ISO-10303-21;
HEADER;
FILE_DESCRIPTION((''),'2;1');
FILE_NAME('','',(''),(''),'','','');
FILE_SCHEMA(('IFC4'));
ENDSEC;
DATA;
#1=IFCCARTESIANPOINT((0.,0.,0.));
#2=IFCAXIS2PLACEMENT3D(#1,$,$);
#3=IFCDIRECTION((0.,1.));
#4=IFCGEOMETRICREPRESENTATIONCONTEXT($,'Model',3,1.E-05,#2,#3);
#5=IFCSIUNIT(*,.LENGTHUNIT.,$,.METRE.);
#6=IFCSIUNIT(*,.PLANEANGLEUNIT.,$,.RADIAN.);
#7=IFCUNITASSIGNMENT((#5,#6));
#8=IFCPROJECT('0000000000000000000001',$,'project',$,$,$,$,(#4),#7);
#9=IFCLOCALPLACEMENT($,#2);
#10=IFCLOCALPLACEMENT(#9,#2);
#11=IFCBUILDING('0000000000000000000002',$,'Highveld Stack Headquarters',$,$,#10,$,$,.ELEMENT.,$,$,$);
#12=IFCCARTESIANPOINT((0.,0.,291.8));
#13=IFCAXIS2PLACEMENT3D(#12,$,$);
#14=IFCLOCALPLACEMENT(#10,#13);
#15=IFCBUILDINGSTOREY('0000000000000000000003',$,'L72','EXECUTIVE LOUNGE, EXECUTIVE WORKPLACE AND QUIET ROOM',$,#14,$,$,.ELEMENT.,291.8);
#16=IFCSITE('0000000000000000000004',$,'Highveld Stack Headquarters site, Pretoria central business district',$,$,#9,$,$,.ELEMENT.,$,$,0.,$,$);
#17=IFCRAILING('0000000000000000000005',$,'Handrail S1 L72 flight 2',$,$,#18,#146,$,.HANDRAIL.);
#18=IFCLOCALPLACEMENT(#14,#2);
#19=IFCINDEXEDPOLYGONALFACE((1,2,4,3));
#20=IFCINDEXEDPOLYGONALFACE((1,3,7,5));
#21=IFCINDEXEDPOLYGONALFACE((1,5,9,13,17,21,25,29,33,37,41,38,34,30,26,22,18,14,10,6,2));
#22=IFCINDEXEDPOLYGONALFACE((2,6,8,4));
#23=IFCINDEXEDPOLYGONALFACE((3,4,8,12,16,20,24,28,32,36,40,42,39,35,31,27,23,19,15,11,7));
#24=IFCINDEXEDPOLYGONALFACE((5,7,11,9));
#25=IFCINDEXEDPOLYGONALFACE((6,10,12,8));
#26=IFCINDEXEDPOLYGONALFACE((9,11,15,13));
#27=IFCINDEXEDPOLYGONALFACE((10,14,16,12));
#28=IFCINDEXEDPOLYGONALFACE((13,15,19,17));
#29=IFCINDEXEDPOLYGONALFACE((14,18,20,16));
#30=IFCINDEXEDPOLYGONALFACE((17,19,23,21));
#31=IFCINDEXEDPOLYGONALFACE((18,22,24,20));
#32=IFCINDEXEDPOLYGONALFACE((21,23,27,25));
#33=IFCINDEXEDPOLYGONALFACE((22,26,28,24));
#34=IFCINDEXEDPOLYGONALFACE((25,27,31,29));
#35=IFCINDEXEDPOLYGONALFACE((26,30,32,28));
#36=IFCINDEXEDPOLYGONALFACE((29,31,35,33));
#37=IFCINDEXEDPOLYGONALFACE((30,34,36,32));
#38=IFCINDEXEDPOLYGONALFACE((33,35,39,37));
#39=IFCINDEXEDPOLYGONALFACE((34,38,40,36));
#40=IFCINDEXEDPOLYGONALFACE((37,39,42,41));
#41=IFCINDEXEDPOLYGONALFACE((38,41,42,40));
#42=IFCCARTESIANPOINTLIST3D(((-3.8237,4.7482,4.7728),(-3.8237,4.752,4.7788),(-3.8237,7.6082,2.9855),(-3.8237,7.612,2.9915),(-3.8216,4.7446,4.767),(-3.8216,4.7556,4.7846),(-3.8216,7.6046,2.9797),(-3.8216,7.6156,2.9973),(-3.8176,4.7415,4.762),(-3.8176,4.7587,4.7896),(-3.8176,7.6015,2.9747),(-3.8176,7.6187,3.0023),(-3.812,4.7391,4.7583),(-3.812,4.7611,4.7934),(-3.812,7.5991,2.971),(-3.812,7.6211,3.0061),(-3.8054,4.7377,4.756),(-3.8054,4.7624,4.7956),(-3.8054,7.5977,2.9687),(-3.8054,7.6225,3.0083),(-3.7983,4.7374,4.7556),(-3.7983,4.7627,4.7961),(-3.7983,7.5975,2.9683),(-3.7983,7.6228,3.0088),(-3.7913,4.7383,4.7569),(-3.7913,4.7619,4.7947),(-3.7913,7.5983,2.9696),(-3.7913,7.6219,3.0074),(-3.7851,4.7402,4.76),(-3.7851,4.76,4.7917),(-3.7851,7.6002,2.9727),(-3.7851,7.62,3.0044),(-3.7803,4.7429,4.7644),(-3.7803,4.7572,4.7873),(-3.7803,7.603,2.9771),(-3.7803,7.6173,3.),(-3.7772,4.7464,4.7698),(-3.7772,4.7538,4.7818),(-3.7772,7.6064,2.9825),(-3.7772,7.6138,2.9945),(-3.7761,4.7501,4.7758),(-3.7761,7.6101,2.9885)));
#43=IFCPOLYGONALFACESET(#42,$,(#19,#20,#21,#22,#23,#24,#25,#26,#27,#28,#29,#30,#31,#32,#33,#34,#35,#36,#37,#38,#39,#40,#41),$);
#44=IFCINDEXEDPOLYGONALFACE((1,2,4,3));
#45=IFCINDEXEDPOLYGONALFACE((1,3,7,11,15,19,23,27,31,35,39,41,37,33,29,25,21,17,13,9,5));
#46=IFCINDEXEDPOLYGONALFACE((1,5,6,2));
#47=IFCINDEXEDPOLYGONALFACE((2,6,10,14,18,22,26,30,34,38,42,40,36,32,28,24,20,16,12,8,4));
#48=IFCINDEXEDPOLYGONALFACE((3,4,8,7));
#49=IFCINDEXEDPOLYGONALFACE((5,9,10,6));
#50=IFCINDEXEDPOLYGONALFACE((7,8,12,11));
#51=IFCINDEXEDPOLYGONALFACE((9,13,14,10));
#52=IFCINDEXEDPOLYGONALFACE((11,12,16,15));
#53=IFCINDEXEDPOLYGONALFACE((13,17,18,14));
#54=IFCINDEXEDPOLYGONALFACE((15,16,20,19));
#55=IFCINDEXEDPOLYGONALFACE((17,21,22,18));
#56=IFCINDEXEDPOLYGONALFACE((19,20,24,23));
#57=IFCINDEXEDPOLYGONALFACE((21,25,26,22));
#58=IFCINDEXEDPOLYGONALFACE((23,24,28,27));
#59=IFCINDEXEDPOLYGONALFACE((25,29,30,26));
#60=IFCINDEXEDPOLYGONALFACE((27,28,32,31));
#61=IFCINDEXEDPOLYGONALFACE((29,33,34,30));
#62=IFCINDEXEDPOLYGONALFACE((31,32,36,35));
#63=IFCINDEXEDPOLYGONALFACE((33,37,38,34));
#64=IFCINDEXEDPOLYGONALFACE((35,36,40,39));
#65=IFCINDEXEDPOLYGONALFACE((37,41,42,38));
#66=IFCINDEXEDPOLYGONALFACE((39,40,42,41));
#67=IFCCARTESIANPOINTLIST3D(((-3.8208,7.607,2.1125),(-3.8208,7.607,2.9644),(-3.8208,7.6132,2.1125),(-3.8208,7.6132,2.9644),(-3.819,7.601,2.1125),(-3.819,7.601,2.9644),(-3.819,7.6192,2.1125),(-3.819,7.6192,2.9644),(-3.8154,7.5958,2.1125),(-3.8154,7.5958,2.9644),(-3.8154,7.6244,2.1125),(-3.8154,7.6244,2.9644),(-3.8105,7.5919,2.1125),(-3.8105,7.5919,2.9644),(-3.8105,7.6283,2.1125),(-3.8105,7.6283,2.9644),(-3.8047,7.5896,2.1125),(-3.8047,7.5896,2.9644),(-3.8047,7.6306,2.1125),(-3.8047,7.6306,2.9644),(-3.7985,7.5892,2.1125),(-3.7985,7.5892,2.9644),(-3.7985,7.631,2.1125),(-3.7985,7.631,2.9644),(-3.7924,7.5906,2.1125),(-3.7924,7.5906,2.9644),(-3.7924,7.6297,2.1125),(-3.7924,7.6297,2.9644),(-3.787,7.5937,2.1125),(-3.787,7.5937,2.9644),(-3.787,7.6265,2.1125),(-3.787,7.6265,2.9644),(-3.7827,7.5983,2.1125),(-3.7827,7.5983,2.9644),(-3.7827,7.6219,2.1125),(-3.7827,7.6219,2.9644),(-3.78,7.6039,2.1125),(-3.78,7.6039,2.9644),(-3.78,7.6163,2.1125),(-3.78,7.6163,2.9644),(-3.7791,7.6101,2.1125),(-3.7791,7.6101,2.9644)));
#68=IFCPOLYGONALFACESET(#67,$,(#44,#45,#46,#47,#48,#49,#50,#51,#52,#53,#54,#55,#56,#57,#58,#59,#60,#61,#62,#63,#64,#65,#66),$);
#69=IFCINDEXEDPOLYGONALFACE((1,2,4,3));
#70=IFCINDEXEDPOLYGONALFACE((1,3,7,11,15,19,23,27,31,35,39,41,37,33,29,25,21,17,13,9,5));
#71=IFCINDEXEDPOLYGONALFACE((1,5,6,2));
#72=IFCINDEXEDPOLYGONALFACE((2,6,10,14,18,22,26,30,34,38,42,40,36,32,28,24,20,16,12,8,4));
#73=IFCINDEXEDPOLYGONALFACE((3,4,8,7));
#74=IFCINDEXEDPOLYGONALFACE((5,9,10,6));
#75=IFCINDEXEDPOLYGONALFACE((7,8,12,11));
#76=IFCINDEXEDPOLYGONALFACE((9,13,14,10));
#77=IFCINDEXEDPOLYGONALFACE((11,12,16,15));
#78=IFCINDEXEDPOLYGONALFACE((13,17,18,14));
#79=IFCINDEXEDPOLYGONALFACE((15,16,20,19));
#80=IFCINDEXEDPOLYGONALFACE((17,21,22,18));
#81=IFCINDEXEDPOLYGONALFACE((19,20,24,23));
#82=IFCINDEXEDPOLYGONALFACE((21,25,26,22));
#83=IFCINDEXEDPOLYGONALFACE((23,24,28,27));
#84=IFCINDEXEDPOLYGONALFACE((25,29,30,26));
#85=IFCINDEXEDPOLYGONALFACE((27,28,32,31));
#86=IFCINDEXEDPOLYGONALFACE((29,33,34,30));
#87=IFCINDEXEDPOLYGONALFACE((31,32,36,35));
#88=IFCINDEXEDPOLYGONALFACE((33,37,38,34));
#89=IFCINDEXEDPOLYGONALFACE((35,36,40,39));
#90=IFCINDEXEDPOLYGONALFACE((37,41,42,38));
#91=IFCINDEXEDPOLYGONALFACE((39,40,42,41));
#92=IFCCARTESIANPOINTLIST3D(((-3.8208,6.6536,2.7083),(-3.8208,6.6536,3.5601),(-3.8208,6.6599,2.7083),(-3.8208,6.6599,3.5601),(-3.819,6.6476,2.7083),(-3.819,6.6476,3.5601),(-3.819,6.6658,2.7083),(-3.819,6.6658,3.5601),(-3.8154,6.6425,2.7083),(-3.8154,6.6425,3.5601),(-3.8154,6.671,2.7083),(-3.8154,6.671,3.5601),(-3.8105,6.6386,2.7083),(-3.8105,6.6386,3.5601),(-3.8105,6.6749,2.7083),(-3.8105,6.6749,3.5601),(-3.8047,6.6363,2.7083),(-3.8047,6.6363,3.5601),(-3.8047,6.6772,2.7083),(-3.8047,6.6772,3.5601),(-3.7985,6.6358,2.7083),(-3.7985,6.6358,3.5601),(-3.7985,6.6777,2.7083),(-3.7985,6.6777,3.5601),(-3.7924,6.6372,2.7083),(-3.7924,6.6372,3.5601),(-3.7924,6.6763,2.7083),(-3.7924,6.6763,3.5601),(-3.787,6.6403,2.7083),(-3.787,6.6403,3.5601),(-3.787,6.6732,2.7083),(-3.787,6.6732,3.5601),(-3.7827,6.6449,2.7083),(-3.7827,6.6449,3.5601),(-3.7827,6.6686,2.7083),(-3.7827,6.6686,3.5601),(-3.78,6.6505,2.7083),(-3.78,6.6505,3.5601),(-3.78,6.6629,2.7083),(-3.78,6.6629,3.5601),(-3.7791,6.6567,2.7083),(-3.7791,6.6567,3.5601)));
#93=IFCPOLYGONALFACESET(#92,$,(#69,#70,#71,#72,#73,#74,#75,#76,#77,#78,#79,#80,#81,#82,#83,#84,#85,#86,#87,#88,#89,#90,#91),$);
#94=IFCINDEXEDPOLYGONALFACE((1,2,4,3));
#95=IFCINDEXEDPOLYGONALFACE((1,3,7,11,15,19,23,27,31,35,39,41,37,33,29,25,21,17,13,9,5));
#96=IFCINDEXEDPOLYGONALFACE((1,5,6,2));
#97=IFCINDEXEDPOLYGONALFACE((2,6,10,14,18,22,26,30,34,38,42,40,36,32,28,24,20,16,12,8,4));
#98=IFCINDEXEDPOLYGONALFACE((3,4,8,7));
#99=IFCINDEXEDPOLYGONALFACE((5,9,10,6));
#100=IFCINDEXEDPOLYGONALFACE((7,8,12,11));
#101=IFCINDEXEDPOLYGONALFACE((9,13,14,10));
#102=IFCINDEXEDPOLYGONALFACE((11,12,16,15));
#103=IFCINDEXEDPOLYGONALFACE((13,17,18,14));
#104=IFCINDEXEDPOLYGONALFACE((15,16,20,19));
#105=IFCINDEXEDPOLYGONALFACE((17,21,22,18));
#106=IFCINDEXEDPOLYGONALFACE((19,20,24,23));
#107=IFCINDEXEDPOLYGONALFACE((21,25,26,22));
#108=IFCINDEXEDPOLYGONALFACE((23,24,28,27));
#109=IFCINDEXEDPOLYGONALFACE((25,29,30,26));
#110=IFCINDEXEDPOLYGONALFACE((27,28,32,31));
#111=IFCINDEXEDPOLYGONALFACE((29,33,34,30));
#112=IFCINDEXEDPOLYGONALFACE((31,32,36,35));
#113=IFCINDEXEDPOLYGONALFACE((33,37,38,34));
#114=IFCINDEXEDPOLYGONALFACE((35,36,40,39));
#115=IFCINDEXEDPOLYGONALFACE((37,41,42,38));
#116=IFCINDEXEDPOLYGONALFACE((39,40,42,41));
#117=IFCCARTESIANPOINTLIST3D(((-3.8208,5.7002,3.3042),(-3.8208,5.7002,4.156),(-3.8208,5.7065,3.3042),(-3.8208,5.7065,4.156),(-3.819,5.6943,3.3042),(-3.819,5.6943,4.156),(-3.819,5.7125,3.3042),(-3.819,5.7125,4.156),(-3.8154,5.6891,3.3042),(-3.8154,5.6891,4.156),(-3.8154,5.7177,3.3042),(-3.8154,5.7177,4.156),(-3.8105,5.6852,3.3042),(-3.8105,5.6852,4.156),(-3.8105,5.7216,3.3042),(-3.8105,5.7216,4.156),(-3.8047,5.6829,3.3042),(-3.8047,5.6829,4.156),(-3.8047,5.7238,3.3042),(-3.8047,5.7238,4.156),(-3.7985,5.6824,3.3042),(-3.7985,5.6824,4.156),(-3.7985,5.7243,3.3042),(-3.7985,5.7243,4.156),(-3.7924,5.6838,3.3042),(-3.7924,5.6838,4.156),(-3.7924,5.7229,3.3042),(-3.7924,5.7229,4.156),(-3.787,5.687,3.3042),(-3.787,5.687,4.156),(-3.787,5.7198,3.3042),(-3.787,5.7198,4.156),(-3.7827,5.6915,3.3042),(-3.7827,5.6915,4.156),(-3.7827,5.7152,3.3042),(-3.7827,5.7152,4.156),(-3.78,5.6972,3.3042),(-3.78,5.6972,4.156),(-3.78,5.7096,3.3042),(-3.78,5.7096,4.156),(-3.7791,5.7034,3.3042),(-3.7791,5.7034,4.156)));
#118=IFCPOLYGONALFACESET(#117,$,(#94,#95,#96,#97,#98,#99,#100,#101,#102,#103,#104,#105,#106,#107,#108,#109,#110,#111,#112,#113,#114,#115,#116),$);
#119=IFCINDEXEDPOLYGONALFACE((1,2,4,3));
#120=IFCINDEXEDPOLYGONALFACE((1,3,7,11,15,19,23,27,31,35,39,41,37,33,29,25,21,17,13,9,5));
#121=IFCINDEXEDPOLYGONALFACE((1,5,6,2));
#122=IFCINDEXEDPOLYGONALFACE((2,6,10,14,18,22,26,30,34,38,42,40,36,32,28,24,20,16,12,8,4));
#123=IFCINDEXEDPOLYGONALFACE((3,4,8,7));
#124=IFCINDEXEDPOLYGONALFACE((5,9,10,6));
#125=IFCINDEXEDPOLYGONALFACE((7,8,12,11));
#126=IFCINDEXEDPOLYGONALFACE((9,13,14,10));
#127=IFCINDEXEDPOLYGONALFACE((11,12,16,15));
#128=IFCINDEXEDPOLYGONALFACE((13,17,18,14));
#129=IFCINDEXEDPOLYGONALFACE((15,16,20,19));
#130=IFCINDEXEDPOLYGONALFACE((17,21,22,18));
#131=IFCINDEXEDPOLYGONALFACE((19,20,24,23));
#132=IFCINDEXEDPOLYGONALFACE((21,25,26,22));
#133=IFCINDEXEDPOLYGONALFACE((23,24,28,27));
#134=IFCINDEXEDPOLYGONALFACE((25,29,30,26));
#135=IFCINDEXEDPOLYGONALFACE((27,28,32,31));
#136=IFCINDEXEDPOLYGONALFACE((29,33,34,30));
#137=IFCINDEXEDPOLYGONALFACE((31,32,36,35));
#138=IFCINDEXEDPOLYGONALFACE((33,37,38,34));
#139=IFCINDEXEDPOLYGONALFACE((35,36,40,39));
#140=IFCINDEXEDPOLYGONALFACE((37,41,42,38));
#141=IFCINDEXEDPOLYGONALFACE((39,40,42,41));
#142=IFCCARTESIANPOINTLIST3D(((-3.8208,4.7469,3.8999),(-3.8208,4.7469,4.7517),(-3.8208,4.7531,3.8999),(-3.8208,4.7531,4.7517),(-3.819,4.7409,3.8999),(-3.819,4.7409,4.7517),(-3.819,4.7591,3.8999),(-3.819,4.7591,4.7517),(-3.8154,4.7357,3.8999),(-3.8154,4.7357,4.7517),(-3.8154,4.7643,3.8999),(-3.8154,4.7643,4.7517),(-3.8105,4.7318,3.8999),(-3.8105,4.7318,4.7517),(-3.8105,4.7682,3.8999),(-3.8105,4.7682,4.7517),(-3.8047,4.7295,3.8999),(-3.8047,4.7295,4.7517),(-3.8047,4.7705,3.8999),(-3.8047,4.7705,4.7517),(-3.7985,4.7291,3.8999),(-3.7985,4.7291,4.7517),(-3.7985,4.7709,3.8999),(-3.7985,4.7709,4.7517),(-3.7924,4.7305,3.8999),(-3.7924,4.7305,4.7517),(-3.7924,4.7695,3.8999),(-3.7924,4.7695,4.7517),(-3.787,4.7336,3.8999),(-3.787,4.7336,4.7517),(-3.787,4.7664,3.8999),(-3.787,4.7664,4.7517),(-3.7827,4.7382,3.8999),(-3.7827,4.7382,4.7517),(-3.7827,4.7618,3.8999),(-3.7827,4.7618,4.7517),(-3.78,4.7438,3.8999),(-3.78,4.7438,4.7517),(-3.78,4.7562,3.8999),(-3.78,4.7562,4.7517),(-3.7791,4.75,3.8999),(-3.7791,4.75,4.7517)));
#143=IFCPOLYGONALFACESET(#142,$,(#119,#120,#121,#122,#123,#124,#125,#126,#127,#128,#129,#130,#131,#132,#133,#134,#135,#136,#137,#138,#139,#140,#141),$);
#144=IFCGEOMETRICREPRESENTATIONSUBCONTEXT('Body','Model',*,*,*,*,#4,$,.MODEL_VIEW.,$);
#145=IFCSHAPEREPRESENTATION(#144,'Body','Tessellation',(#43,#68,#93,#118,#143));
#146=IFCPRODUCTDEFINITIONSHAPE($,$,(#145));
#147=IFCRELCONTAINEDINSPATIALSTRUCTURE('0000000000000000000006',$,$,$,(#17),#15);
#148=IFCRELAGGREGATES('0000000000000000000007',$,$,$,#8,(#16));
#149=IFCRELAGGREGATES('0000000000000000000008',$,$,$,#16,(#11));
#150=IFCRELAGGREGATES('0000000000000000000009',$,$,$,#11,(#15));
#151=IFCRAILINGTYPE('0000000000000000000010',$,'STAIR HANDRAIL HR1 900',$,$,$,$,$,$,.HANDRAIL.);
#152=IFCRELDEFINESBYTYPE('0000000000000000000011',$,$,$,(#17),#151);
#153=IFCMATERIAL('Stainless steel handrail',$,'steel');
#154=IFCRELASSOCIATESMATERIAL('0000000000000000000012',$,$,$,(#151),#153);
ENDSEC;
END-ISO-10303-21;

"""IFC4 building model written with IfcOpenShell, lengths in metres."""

from ifc_helpers import new_model, si_unit, direction, frame, origin, origin_2d, place, context, subcontext, project, spatial, circle, extrude, material, type_object, element, save


model = new_model("IFC4")

# Units and contexts
model_context = context("Model", 3, precision=1e-05, world=origin(), true_north=direction((0.0, 1.0)))
body_context = subcontext(model_context, "Body", "Model", "MODEL_VIEW")
ifc_project = project(units=[si_unit("LENGTHUNIT", "METRE"), si_unit("PLANEANGLEUNIT", "RADIAN")], contexts=[model_context])

# Site, building, storey
site_placement = place(None, origin())
site = spatial("IfcSite", under=ifc_project, at=site_placement, Name="Highveld Stack Headquarters site, Pretoria central business district", CompositionType="ELEMENT", RefElevation=0.0)
building_placement = place(site_placement, origin())
building = spatial("IfcBuilding", under=site, at=building_placement, Name="Highveld Stack Headquarters", CompositionType="ELEMENT")
storey_placement = place(building_placement, frame((0.0, 0.0, 291.8)))
storey = spatial("IfcBuildingStorey", under=building, at=storey_placement, Name="L72", Description="EXECUTIVE LOUNGE, EXECUTIVE WORKPLACE AND QUIET ROOM", CompositionType="ELEMENT", Elevation=291.8)

# Railing
ifc_material_1 = material(Name="Stainless steel handrail", Category="steel")
railing_type = type_object("IfcRailingType", Name="STAIR HANDRAIL HR1 900", PredefinedType="HANDRAIL", material=ifc_material_1)
for number, where, name in (
    (1, (-3.8, 7.6101, 2.1125), "Handrail S1 L72 flight 2"),
):
    element("IfcRailing", number, at=place(storey_placement, frame(where)), inside=storey, type_object=railing_type, Name=name, PredefinedType="HANDRAIL", context=body_context, shape_type="SweptSolid", body=[
        extrude(circle(Radius=0.0239, at=origin_2d()), frame((0.0, 0.0, 0.876), z_axis=(0.0, -0.848027, 0.529953), x_axis=(1.0, 0.0, 0.0)), (0.0, 0.0, 1.0), 3.3726),
        extrude(circle(Radius=0.021, at=origin_2d()), origin(), (0.0, 0.0, 1.0), 0.8518),
        extrude(circle(Radius=0.021, at=origin_2d()), frame((0.0, -0.9534, 0.5957)), (0.0, 0.0, 1.0), 0.8518),
        extrude(circle(Radius=0.021, at=origin_2d()), frame((0.0, -1.9067, 1.1917)), (0.0, 0.0, 1.0), 0.8518),
        extrude(circle(Radius=0.021, at=origin_2d()), frame((0.0, -2.8601, 1.7874)), (0.0, 0.0, 1.0), 0.8518),
    ])

save(model, "model.ifc")
